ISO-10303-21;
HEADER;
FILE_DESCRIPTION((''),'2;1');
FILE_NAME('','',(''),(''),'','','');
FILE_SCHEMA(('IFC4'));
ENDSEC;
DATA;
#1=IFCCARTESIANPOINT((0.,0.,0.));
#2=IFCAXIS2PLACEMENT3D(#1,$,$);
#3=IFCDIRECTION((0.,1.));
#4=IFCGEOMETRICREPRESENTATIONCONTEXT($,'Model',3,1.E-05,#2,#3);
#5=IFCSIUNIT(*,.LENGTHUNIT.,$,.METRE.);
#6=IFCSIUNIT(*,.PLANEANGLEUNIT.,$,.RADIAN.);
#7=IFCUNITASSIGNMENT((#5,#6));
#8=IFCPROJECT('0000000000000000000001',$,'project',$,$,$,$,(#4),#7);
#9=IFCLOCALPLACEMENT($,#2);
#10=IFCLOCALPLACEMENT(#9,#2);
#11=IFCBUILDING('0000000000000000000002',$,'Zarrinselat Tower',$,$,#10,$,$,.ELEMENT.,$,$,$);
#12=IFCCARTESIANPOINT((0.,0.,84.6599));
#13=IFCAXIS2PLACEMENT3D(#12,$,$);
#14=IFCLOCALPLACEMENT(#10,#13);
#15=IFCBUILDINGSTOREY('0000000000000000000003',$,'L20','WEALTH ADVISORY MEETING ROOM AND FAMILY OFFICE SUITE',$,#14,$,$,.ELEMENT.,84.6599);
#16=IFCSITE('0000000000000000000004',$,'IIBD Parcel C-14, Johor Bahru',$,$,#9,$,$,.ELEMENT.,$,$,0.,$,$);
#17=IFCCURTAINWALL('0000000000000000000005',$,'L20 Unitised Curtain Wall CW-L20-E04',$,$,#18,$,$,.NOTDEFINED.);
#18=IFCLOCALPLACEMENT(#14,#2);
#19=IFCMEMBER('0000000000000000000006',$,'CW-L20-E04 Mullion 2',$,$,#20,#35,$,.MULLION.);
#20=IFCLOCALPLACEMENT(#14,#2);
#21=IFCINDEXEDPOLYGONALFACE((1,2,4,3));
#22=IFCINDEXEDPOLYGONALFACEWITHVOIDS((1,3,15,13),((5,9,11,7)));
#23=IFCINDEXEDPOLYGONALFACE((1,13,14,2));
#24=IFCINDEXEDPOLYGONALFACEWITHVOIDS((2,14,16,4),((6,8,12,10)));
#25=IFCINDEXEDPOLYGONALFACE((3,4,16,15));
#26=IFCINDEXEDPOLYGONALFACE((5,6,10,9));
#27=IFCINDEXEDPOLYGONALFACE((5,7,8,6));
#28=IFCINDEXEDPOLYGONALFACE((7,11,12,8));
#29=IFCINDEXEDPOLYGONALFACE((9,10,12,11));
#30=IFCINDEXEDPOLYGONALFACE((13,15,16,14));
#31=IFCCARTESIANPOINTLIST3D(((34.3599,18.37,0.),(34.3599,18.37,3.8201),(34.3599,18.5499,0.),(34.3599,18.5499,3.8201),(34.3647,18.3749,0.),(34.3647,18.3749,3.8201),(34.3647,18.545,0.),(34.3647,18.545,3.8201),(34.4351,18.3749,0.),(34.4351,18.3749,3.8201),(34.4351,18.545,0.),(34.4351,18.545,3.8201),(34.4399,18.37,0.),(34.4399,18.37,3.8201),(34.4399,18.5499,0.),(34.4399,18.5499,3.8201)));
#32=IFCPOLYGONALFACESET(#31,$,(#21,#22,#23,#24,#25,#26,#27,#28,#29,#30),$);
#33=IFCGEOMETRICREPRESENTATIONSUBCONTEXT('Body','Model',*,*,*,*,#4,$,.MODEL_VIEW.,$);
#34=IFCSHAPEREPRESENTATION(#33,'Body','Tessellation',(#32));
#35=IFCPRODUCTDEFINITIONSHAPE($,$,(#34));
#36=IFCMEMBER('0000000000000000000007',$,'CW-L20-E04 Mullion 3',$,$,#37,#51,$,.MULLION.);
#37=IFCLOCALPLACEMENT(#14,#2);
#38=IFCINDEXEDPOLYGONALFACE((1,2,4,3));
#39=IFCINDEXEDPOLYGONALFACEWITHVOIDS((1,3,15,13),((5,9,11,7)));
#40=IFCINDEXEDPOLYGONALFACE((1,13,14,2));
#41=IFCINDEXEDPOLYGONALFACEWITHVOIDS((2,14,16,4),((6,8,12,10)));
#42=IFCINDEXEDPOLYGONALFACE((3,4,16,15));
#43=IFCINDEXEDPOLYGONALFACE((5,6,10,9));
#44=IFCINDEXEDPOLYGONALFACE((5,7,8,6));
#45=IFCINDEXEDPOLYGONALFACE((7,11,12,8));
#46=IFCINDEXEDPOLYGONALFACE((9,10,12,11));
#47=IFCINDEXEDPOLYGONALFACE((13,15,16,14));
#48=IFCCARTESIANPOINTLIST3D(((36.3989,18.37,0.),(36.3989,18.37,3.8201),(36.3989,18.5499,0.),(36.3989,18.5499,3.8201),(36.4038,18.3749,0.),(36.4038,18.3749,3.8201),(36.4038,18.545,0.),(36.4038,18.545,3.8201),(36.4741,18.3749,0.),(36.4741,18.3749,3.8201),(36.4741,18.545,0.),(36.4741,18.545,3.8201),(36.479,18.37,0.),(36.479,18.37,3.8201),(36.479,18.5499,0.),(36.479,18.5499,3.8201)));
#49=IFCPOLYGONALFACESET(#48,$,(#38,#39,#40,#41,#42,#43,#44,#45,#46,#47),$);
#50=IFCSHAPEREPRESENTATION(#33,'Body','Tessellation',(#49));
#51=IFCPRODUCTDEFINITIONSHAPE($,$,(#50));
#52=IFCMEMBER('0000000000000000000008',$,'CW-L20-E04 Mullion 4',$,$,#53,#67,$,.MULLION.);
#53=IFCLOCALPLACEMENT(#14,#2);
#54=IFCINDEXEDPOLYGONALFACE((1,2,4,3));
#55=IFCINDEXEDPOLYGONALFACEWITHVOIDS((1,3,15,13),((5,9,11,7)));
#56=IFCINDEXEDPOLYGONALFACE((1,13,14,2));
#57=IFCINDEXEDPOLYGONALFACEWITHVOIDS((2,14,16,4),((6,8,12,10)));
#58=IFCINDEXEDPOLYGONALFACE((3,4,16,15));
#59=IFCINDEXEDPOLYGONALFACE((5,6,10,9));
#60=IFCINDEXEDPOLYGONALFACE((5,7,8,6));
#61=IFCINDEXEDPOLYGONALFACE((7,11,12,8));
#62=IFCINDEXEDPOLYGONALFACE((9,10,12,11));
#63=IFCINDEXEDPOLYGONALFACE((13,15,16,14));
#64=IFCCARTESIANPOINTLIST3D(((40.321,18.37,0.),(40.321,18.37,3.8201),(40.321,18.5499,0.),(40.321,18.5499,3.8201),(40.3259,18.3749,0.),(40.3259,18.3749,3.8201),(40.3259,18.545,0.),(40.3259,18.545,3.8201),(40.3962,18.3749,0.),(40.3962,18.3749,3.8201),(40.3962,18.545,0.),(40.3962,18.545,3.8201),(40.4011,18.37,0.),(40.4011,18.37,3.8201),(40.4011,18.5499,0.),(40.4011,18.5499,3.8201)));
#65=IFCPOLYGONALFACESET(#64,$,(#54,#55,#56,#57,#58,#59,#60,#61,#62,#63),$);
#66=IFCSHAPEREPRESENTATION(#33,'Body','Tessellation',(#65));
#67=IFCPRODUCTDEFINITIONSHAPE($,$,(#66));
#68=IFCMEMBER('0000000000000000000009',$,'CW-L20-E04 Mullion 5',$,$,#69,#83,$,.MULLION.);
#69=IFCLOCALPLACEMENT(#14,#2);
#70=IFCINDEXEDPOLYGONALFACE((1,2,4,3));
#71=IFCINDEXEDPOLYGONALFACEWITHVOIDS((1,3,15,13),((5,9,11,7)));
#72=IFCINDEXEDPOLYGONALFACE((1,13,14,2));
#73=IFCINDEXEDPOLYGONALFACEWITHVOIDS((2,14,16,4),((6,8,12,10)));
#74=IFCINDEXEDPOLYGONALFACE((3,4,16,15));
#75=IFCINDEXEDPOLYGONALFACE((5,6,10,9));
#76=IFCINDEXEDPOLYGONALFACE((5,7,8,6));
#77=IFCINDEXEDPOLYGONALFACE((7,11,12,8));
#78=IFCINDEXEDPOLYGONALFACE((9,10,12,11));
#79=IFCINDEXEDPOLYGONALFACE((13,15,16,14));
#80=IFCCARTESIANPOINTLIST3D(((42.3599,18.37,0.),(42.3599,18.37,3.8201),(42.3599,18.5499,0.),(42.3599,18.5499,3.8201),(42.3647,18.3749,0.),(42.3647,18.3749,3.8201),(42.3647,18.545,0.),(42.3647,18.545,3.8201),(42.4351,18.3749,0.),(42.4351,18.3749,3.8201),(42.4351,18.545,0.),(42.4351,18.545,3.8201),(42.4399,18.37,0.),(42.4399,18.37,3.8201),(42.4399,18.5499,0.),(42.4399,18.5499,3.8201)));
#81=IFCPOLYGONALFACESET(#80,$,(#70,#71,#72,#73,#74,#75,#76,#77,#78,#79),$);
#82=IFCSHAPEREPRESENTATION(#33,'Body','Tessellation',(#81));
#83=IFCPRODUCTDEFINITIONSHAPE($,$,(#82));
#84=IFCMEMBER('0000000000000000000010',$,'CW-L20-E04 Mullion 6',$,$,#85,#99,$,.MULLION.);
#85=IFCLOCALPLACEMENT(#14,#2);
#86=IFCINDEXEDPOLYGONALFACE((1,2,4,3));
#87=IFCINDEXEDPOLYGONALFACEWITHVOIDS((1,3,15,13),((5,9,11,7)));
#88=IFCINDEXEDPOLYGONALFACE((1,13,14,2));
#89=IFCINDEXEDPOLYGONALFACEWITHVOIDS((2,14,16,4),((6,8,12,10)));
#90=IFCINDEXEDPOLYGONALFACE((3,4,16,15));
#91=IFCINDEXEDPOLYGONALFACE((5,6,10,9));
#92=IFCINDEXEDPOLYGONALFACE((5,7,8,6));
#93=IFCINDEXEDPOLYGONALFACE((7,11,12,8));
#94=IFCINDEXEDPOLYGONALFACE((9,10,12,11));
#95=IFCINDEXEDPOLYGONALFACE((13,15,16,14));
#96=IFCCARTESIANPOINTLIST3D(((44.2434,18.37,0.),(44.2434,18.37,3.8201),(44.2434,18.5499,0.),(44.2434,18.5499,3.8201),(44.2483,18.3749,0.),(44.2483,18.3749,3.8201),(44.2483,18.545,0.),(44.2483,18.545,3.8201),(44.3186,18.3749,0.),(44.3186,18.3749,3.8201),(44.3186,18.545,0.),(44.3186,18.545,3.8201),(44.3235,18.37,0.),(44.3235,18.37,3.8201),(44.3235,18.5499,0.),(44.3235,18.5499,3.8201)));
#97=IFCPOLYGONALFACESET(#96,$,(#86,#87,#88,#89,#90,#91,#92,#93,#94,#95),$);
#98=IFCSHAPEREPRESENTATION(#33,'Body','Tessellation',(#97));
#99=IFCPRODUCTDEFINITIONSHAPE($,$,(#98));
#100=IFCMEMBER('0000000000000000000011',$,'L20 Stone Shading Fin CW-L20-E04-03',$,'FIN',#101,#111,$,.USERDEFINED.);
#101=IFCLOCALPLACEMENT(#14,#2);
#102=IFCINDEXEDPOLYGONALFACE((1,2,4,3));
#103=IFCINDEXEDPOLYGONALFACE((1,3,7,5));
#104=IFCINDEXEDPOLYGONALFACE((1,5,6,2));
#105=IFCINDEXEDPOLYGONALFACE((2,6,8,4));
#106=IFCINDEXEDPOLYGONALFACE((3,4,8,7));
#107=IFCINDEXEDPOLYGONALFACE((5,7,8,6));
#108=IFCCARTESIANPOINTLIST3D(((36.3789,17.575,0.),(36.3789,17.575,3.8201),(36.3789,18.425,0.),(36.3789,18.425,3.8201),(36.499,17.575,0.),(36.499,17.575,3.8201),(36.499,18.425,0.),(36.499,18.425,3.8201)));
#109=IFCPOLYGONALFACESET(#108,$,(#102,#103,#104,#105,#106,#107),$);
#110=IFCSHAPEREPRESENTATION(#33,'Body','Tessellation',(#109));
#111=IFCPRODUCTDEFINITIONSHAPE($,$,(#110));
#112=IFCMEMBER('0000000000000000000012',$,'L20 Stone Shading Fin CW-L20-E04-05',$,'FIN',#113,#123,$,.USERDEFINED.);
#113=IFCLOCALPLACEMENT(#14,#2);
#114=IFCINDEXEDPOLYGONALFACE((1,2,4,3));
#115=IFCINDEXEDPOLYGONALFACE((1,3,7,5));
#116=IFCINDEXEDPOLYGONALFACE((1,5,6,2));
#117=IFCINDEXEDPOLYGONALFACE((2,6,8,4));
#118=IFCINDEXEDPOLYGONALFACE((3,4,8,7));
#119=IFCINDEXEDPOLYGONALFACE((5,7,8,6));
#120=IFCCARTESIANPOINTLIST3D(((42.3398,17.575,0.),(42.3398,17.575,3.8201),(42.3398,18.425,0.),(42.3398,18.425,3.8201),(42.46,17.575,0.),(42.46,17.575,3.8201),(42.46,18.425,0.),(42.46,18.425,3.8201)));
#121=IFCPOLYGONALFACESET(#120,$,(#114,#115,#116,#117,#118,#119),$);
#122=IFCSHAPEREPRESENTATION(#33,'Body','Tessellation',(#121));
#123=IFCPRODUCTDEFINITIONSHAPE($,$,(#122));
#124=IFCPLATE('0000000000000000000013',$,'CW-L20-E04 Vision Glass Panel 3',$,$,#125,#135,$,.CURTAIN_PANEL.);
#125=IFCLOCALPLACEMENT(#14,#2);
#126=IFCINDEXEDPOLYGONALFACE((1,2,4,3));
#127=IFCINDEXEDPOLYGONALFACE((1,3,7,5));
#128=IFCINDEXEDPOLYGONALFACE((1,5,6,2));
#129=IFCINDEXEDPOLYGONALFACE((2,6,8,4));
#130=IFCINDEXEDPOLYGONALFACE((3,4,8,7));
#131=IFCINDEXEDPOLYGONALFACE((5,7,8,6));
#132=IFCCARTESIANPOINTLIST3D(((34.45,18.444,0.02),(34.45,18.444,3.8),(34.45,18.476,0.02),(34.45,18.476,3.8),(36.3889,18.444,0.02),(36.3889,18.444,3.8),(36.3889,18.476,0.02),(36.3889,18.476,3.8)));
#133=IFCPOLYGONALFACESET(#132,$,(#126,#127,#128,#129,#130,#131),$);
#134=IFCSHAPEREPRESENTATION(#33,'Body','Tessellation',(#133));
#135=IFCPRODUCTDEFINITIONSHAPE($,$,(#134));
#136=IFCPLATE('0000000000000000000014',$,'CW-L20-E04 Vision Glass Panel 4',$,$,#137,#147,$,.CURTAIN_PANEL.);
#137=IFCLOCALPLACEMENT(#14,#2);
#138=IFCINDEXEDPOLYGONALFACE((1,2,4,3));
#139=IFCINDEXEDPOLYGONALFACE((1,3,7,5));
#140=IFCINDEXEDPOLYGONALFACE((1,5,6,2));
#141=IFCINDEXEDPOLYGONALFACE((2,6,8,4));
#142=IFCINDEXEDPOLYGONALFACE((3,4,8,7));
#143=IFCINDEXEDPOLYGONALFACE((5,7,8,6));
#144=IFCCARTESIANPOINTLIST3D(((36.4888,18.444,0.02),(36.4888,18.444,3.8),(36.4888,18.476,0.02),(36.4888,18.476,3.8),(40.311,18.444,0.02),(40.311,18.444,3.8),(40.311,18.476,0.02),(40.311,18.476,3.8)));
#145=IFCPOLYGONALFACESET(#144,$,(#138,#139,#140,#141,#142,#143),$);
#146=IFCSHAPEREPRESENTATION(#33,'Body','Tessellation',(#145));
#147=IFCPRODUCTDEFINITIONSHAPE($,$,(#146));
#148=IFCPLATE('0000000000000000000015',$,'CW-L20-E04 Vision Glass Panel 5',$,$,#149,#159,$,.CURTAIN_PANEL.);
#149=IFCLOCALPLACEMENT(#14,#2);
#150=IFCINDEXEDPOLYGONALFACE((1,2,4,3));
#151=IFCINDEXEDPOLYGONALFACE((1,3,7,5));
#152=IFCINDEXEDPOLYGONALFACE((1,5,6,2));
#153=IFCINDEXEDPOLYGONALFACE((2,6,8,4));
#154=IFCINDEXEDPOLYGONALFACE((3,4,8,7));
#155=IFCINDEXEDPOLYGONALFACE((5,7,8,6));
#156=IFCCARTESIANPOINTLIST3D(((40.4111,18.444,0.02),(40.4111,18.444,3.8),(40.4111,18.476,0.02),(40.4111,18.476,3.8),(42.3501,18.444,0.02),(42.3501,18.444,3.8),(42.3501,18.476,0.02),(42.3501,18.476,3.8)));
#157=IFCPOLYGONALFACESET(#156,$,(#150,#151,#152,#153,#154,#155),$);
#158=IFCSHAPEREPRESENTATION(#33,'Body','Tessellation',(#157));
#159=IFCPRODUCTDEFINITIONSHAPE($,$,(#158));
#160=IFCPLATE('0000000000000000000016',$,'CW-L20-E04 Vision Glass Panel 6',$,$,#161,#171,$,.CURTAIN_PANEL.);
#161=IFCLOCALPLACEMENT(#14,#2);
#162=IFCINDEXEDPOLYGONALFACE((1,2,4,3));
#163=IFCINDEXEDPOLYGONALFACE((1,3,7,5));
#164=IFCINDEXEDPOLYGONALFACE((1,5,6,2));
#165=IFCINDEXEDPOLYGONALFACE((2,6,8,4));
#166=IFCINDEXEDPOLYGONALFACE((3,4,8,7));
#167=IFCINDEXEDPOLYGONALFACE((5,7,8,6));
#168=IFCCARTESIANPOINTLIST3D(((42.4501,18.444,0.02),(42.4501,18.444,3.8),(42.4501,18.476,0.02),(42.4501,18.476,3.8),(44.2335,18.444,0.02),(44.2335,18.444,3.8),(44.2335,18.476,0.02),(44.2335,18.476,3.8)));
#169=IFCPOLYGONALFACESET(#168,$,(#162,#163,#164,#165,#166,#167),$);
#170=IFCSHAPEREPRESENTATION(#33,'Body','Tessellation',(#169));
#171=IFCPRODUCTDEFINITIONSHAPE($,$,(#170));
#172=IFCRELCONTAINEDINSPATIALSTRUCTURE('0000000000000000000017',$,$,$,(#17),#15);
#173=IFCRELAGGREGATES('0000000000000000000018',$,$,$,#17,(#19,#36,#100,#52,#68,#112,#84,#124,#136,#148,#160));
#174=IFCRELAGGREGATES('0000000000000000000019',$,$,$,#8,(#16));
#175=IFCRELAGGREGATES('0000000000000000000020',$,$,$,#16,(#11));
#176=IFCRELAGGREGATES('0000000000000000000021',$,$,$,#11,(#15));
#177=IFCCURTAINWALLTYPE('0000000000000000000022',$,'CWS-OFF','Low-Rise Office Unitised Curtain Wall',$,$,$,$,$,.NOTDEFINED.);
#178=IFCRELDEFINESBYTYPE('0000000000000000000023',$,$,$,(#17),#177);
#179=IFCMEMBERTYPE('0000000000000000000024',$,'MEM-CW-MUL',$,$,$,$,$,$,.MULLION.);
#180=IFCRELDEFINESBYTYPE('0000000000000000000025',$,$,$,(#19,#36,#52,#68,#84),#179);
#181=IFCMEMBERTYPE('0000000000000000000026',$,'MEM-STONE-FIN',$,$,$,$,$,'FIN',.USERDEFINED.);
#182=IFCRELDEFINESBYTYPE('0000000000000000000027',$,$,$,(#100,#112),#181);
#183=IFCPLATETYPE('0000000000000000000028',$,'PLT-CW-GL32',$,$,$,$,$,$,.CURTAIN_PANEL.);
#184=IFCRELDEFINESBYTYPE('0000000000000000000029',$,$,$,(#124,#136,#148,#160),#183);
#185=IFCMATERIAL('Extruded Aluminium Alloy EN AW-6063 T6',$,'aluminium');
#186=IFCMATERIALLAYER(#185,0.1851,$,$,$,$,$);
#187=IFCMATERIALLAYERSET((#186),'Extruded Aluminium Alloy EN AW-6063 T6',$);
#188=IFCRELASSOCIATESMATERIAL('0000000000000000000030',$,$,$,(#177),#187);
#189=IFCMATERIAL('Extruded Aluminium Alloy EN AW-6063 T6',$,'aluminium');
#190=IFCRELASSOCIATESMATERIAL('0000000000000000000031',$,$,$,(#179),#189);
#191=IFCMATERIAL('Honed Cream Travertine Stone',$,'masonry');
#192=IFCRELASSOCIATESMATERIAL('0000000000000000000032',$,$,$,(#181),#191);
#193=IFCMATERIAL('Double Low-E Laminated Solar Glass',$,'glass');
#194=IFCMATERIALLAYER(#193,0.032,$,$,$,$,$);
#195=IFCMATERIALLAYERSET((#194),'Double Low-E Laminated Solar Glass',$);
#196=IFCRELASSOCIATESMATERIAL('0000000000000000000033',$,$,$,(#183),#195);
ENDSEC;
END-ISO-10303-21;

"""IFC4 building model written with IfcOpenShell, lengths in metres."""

from ifc_helpers import new_model, si_unit, direction, frame, origin, origin_2d, place, context, subcontext, project, spatial, rectangle, hollow_rectangle, extrude, material, layer, layer_set, material_profile, profile_set, type_object, element, aggregate, save


model = new_model("IFC4")

# Units and contexts
model_context = context("Model", 3, precision=1e-05, world=origin(), true_north=direction((0.0, 1.0)))
body_context = subcontext(model_context, "Body", "Model", "MODEL_VIEW")
ifc_project = project(units=[si_unit("LENGTHUNIT", "METRE"), si_unit("PLANEANGLEUNIT", "RADIAN")], contexts=[model_context])

# Site, building, storey
site_placement = place(None, origin())
site = spatial("IfcSite", under=ifc_project, at=site_placement, Name="IIBD Parcel C-14, Johor Bahru", CompositionType="ELEMENT", RefElevation=0.0)
building_placement = place(site_placement, origin())
building = spatial("IfcBuilding", under=site, at=building_placement, Name="Zarrinselat Tower", CompositionType="ELEMENT")
storey_placement = place(building_placement, frame((0.0, 0.0, 84.6599)))
storey = spatial("IfcBuildingStorey", under=building, at=storey_placement, Name="L20", Description="WEALTH ADVISORY MEETING ROOM AND FAMILY OFFICE SUITE", CompositionType="ELEMENT", Elevation=84.6599)

# Curtain wall, members, plates
ifc_material_1 = material(Name="Extruded Aluminium Alloy EN AW-6063 T6", Category="aluminium")
ifc_layer_1 = layer(ifc_material_1, 0.1851)
ifc_layer_set_1 = layer_set([ifc_layer_1], Name="Extruded Aluminium Alloy EN AW-6063 T6")
curtain_wall_type = type_object("IfcCurtainWallType", Name="CWS-OFF", Description="Low-Rise Office Unitised Curtain Wall", PredefinedType="NOTDEFINED", material=ifc_layer_set_1)
curtain_wall_placement = place(storey_placement, origin())
curtain_wall = element("IfcCurtainWall", 1, at=curtain_wall_placement, inside=storey, type_object=curtain_wall_type, Name="L20 Unitised Curtain Wall CW-L20-E04", PredefinedType="NOTDEFINED")
ifc_material_2 = material(Name="Extruded Aluminium Alloy EN AW-6063 T6", Category="aluminium")
ifc_material_profile_1 = material_profile(ifc_material_2, hollow_rectangle(XDim=0.0801, YDim=0.1799, WallThickness=0.0049, at=origin_2d()), Name="RHS 180x80x5")
ifc_profile_set_1 = profile_set([ifc_material_profile_1], Name="Extruded Aluminium Alloy EN AW-6063 T6")
member_type_1 = type_object("IfcMemberType", Name="MEM-CW-MUL", PredefinedType="MULLION", material=ifc_profile_set_1)
member_1_placement = place(storey_placement, frame((34.3999, 18.46, 0.0), z_axis=(0.0, 0.0, 1.0), x_axis=(1.0, 0.0, 0.0)))
member_1 = element("IfcMember", 2, at=member_1_placement, type_object=member_type_1, Name="CW-L20-E04 Mullion 2", PredefinedType="MULLION", context=body_context, shape_type="SweptSolid", body=[
    extrude(hollow_rectangle(XDim=0.0801, YDim=0.1799, WallThickness=0.0049, at=origin_2d()), origin(), (0.0, 0.0, 1.0), 3.8201),
])
member_2_placement = place(storey_placement, frame((36.439, 18.46, 0.0), z_axis=(0.0, 0.0, 1.0), x_axis=(1.0, 0.0, 0.0)))
member_2 = element("IfcMember", 3, at=member_2_placement, type_object=member_type_1, Name="CW-L20-E04 Mullion 3", PredefinedType="MULLION", context=body_context, shape_type="SweptSolid", body=[
    extrude(hollow_rectangle(XDim=0.0801, YDim=0.1799, WallThickness=0.0049, at=origin_2d()), origin(), (0.0, 0.0, 1.0), 3.8201),
])
member_3_placement = place(storey_placement, frame((40.3611, 18.46, 0.0), z_axis=(0.0, 0.0, 1.0), x_axis=(1.0, 0.0, 0.0)))
member_3 = element("IfcMember", 4, at=member_3_placement, type_object=member_type_1, Name="CW-L20-E04 Mullion 4", PredefinedType="MULLION", context=body_context, shape_type="SweptSolid", body=[
    extrude(hollow_rectangle(XDim=0.0801, YDim=0.1799, WallThickness=0.0049, at=origin_2d()), origin(), (0.0, 0.0, 1.0), 3.8201),
])
member_4_placement = place(storey_placement, frame((42.3999, 18.46, 0.0), z_axis=(0.0, 0.0, 1.0), x_axis=(1.0, 0.0, 0.0)))
member_4 = element("IfcMember", 5, at=member_4_placement, type_object=member_type_1, Name="CW-L20-E04 Mullion 5", PredefinedType="MULLION", context=body_context, shape_type="SweptSolid", body=[
    extrude(hollow_rectangle(XDim=0.0801, YDim=0.1799, WallThickness=0.0049, at=origin_2d()), origin(), (0.0, 0.0, 1.0), 3.8201),
])
member_5_placement = place(storey_placement, frame((44.2834, 18.46, 0.0), z_axis=(0.0, 0.0, 1.0), x_axis=(1.0, 0.0, 0.0)))
member_5 = element("IfcMember", 6, at=member_5_placement, type_object=member_type_1, Name="CW-L20-E04 Mullion 6", PredefinedType="MULLION", context=body_context, shape_type="SweptSolid", body=[
    extrude(hollow_rectangle(XDim=0.0801, YDim=0.1799, WallThickness=0.0049, at=origin_2d()), origin(), (0.0, 0.0, 1.0), 3.8201),
])
ifc_material_3 = material(Name="Honed Cream Travertine Stone", Category="masonry")
ifc_material_profile_2 = material_profile(ifc_material_3, rectangle(XDim=0.1201, YDim=0.8501, at=origin_2d()), Name="FIN 850x120")
ifc_profile_set_2 = profile_set([ifc_material_profile_2], Name="Honed Cream Travertine Stone")
member_type_2 = type_object("IfcMemberType", Name="MEM-STONE-FIN", ElementType="FIN", PredefinedType="USERDEFINED", material=ifc_profile_set_2)
member_6_placement = place(storey_placement, frame((36.439, 18.0, 0.0), z_axis=(0.0, 0.0, 1.0), x_axis=(-1.0, 0.0, 0.0)))
member_6 = element("IfcMember", 7, at=member_6_placement, type_object=member_type_2, Name="L20 Stone Shading Fin CW-L20-E04-03", ObjectType="FIN", PredefinedType="USERDEFINED", context=body_context, shape_type="SweptSolid", body=[
    extrude(rectangle(XDim=0.1201, YDim=0.8501, at=origin_2d()), origin(), (0.0, 0.0, 1.0), 3.8201),
])
member_7_placement = place(storey_placement, frame((42.3999, 18.0, 0.0), z_axis=(0.0, 0.0, 1.0), x_axis=(-1.0, 0.0, 0.0)))
member_7 = element("IfcMember", 8, at=member_7_placement, type_object=member_type_2, Name="L20 Stone Shading Fin CW-L20-E04-05", ObjectType="FIN", PredefinedType="USERDEFINED", context=body_context, shape_type="SweptSolid", body=[
    extrude(rectangle(XDim=0.1201, YDim=0.8501, at=origin_2d()), origin(), (0.0, 0.0, 1.0), 3.8201),
])
ifc_material_4 = material(Name="Double Low-E Laminated Solar Glass", Category="glass")
ifc_layer_2 = layer(ifc_material_4, 0.032)
ifc_layer_set_2 = layer_set([ifc_layer_2], Name="Double Low-E Laminated Solar Glass")
plate_type = type_object("IfcPlateType", Name="PLT-CW-GL32", PredefinedType="CURTAIN_PANEL", material=ifc_layer_set_2)
plate_1_placement = place(storey_placement, frame((35.4194, 18.46, 0.02), z_axis=(0.0, 0.0, 1.0), x_axis=(1.0, 0.0, 0.0)))
plate_1 = element("IfcPlate", 9, at=plate_1_placement, type_object=plate_type, Name="CW-L20-E04 Vision Glass Panel 3", PredefinedType="CURTAIN_PANEL", context=body_context, shape_type="SweptSolid", body=[
    extrude(rectangle(XDim=1.939, YDim=0.032, at=origin_2d()), origin(), (0.0, 0.0, 1.0), 3.78),
])
plate_2_placement = place(storey_placement, frame((38.3999, 18.46, 0.02), z_axis=(0.0, 0.0, 1.0), x_axis=(1.0, 0.0, 0.0)))
plate_2 = element("IfcPlate", 10, at=plate_2_placement, type_object=plate_type, Name="CW-L20-E04 Vision Glass Panel 4", PredefinedType="CURTAIN_PANEL", context=body_context, shape_type="SweptSolid", body=[
    extrude(rectangle(XDim=3.8223, YDim=0.032, at=origin_2d()), origin(), (0.0, 0.0, 1.0), 3.78),
])
plate_3_placement = place(storey_placement, frame((41.3806, 18.46, 0.02), z_axis=(0.0, 0.0, 1.0), x_axis=(1.0, 0.0, 0.0)))
plate_3 = element("IfcPlate", 11, at=plate_3_placement, type_object=plate_type, Name="CW-L20-E04 Vision Glass Panel 5", PredefinedType="CURTAIN_PANEL", context=body_context, shape_type="SweptSolid", body=[
    extrude(rectangle(XDim=1.939, YDim=0.032, at=origin_2d()), origin(), (0.0, 0.0, 1.0), 3.78),
])
plate_4_placement = place(storey_placement, frame((43.3418, 18.46, 0.02), z_axis=(0.0, 0.0, 1.0), x_axis=(1.0, 0.0, 0.0)))
plate_4 = element("IfcPlate", 12, at=plate_4_placement, type_object=plate_type, Name="CW-L20-E04 Vision Glass Panel 6", PredefinedType="CURTAIN_PANEL", context=body_context, shape_type="SweptSolid", body=[
    extrude(rectangle(XDim=1.7834, YDim=0.032, at=origin_2d()), origin(), (0.0, 0.0, 1.0), 3.78),
])
aggregate(curtain_wall, [member_1, member_2, member_6, member_3, member_4, member_7, member_5, plate_1, plate_2, plate_3, plate_4])

save(model, "model.ifc")
